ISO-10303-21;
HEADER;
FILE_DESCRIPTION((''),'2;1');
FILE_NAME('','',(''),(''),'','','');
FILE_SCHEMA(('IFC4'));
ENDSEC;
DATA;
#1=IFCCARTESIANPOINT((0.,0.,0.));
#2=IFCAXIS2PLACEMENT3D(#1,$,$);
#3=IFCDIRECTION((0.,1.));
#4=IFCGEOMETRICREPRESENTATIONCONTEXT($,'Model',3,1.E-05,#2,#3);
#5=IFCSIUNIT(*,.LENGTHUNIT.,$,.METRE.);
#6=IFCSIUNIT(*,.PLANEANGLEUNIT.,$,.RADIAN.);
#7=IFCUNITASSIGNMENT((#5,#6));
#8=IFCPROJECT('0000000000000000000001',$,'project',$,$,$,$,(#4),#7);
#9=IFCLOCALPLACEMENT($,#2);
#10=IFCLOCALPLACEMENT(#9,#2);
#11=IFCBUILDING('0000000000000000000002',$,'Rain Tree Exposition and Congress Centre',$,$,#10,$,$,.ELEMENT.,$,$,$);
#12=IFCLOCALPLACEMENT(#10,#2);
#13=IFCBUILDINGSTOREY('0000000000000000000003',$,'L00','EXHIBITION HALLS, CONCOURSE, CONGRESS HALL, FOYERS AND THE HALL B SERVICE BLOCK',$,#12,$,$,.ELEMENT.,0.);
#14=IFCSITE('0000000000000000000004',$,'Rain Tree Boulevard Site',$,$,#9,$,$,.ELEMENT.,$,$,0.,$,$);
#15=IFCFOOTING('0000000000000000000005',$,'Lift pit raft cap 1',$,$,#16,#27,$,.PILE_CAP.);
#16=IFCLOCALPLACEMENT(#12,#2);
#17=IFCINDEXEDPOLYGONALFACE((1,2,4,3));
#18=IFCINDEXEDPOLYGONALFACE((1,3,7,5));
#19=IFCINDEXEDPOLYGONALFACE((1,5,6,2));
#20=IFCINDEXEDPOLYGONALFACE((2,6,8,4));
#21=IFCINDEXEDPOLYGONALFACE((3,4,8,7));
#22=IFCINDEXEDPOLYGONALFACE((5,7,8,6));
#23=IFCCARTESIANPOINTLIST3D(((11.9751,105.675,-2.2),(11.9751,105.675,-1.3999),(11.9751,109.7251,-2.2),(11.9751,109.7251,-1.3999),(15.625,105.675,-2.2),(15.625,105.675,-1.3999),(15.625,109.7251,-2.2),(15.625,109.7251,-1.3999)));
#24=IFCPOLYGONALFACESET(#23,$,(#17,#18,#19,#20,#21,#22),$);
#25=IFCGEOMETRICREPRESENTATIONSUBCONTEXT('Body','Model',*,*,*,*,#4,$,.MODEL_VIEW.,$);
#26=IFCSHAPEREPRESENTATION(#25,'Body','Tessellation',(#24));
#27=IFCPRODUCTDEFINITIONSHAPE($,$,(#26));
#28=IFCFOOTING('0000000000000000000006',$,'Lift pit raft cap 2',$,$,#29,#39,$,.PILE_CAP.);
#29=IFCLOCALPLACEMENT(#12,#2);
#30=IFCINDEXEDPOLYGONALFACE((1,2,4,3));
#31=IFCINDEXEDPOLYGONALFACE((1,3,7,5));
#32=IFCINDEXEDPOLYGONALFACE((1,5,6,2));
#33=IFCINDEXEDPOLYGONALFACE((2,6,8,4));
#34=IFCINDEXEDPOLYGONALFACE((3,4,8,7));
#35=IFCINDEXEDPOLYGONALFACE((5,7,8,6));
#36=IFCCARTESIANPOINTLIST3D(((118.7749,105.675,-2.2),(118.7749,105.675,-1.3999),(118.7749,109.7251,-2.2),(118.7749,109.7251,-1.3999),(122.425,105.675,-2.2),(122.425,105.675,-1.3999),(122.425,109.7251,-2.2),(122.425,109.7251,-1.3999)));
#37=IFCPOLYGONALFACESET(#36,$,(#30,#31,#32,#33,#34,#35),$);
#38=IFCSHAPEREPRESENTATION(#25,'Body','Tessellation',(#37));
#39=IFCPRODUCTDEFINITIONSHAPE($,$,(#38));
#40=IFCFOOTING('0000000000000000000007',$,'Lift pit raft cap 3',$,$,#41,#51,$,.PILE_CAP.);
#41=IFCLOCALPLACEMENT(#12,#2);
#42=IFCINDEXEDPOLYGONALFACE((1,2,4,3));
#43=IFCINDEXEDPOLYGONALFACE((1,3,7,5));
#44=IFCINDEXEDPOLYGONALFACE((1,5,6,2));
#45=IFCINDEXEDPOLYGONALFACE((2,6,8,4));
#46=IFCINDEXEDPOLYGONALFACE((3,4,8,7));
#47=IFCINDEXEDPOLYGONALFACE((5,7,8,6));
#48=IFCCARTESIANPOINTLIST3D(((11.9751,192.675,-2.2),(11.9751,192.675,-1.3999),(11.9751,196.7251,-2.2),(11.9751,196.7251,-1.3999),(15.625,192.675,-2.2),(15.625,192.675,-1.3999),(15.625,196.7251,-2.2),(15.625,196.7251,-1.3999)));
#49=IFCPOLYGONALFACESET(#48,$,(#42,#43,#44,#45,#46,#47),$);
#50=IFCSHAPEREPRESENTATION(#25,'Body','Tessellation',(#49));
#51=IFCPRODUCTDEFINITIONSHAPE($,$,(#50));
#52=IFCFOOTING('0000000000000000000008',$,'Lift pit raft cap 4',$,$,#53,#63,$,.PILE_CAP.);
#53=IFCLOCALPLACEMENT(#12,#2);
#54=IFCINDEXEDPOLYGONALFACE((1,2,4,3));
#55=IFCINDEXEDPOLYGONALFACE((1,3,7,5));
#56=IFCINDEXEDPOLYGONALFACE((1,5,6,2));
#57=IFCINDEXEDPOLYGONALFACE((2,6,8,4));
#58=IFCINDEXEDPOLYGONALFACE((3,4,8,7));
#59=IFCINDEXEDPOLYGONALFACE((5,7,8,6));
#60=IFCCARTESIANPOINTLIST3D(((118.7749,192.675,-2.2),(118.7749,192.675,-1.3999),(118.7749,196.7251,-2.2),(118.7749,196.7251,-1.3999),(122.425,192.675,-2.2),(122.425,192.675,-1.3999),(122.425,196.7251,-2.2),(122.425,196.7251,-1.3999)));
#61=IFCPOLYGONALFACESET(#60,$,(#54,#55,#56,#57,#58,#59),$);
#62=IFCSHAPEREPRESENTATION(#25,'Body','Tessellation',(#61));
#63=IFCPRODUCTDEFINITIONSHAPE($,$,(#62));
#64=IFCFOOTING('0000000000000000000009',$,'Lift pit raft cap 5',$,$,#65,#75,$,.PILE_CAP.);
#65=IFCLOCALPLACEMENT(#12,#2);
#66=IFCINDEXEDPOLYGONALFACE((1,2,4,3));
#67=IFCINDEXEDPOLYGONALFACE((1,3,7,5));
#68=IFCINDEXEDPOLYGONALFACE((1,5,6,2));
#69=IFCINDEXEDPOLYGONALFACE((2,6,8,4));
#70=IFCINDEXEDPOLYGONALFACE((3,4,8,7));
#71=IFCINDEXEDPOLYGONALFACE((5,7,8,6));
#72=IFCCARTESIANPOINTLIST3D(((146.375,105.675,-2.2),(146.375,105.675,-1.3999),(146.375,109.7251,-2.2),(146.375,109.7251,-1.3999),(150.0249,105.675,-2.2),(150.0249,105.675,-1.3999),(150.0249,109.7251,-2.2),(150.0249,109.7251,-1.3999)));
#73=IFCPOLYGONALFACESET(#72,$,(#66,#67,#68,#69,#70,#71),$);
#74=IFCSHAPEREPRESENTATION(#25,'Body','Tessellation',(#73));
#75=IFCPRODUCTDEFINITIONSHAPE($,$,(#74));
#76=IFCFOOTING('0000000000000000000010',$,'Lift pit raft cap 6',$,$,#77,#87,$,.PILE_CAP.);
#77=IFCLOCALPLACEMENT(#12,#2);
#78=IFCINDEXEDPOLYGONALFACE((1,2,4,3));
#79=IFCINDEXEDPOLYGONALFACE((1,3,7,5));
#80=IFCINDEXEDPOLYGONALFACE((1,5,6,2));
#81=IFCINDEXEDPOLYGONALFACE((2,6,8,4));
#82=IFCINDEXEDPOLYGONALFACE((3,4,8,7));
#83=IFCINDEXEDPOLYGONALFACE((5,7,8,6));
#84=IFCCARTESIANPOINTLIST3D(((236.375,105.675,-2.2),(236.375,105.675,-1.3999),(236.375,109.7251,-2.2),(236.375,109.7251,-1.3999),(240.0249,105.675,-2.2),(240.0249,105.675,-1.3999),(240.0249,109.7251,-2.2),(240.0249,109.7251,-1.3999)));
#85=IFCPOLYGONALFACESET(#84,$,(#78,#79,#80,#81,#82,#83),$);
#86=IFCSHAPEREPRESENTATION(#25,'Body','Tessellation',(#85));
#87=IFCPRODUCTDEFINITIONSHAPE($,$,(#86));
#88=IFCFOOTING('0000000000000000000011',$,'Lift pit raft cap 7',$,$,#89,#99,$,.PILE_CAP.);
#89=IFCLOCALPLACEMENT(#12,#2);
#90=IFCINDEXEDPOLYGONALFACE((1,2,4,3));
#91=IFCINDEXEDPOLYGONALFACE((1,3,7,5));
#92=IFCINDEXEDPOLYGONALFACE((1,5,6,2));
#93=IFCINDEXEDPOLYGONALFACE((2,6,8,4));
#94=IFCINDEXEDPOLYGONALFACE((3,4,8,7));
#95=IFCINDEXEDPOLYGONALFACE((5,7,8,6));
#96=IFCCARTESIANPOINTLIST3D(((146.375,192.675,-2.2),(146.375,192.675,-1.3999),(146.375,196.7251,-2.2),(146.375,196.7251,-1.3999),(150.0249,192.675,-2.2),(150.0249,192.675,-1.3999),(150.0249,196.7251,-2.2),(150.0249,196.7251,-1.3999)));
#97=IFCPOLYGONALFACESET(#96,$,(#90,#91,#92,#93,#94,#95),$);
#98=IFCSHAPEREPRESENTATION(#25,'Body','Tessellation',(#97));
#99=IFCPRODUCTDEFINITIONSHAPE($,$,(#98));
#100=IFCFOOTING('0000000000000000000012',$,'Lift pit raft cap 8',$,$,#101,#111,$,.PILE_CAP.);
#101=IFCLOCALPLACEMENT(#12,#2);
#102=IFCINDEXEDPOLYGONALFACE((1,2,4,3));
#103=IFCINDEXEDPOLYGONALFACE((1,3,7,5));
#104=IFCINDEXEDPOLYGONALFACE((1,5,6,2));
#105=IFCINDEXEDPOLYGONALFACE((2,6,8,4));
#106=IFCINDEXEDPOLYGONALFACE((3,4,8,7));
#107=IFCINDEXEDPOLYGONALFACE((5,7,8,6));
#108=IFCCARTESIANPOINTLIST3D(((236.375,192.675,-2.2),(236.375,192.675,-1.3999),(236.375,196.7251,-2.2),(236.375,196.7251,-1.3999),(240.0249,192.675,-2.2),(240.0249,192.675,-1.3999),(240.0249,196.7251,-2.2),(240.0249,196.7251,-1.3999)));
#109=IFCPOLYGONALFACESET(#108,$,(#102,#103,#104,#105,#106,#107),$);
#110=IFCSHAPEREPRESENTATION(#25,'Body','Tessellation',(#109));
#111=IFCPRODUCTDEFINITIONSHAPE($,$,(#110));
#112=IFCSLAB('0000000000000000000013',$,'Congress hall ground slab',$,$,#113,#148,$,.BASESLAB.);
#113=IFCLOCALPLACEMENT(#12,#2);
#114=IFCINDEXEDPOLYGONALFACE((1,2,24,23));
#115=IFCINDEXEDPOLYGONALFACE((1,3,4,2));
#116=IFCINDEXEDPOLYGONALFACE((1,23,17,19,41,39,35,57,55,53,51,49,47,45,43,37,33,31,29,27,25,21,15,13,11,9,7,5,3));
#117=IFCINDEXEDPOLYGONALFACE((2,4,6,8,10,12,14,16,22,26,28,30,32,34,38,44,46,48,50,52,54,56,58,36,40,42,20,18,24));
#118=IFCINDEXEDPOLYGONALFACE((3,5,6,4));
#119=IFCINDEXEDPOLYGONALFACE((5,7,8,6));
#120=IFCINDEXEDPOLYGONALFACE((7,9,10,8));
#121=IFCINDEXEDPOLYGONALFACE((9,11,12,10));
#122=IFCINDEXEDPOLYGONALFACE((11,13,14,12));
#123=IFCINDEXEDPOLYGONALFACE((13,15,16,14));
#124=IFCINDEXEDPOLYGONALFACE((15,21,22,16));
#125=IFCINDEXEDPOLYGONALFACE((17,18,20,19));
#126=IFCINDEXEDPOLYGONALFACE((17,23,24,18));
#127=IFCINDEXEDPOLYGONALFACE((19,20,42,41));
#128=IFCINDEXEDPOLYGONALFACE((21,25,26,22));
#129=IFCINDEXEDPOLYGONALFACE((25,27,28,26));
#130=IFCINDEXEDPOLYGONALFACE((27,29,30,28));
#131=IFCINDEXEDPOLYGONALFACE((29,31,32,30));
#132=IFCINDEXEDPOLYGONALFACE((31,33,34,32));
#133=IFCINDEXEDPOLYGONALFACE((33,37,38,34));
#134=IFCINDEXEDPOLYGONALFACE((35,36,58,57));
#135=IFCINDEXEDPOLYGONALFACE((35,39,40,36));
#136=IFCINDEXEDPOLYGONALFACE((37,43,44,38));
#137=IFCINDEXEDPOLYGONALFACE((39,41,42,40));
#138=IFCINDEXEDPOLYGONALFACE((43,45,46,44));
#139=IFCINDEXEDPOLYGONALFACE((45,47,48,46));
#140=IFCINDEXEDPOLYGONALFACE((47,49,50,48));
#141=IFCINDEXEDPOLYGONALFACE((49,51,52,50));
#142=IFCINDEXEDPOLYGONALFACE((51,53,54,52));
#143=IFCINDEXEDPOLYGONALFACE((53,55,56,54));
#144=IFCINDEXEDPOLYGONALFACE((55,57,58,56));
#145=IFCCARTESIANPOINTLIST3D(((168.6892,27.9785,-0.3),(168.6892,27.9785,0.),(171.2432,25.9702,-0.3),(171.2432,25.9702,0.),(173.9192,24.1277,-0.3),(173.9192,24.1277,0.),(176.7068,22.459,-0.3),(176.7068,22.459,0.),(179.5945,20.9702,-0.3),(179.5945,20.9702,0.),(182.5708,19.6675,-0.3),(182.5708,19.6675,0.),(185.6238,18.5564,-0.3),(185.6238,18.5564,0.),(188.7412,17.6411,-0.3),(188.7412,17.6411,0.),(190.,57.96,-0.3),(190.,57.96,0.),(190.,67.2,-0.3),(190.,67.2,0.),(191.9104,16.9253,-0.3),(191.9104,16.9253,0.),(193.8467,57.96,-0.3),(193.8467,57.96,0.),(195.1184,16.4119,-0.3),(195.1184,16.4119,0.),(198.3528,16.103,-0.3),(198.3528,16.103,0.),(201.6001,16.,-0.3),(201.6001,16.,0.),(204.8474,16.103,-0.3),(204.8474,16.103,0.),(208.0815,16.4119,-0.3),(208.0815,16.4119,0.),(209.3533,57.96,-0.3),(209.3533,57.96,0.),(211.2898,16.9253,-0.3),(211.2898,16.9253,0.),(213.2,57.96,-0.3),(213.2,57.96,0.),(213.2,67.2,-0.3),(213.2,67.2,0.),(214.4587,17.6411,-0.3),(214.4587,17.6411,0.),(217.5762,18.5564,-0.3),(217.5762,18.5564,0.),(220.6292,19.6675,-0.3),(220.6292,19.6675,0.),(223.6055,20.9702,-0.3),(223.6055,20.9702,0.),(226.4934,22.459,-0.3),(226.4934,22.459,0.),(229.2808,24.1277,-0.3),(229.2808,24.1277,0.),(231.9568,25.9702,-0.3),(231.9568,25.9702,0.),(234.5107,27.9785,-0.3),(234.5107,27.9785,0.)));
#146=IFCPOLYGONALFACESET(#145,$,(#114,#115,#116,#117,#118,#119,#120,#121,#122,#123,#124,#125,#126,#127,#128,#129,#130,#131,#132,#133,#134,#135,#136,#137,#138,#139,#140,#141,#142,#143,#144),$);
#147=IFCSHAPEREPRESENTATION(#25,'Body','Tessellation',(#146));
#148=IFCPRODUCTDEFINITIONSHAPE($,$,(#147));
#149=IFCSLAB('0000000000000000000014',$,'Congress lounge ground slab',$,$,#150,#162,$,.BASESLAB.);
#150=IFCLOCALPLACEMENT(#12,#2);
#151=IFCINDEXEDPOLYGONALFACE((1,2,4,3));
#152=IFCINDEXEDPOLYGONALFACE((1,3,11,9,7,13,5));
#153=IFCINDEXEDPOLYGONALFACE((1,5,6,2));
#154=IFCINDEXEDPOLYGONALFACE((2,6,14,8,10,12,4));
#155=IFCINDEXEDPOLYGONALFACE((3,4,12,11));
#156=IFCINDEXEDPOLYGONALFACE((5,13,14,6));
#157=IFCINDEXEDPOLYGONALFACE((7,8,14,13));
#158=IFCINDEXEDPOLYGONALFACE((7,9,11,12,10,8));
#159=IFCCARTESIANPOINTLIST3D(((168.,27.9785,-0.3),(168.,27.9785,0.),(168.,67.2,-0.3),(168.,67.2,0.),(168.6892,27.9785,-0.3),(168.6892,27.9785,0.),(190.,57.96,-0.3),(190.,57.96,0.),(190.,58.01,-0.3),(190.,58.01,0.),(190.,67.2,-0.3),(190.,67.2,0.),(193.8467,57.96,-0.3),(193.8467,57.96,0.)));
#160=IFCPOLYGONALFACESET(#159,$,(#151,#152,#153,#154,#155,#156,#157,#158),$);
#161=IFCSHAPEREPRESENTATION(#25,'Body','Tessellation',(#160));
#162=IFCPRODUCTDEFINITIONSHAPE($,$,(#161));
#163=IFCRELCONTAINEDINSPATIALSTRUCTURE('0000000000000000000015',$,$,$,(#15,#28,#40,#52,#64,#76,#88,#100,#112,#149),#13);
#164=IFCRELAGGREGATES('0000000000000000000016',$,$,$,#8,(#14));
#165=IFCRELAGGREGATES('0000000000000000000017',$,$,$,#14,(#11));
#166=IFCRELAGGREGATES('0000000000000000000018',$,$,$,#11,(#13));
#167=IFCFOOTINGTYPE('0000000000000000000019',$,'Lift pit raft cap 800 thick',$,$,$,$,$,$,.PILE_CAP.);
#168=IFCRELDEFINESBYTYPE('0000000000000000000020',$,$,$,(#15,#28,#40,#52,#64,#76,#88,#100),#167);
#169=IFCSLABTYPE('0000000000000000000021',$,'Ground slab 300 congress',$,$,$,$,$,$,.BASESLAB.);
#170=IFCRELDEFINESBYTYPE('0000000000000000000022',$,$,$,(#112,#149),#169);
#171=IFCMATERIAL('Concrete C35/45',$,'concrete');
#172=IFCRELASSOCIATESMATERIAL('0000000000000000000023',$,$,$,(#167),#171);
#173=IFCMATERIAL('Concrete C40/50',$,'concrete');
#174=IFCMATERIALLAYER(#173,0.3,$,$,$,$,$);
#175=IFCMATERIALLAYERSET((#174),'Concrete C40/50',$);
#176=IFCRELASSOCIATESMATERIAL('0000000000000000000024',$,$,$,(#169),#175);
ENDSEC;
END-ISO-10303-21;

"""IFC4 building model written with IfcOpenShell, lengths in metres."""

from ifc_helpers import new_model, si_unit, direction, frame, origin, place, context, subcontext, project, spatial, polyline, outline, extrude, material, layer, layer_set, type_object, element, save


model = new_model("IFC4")

# Units and contexts
model_context = context("Model", 3, precision=1e-05, world=origin(), true_north=direction((0.0, 1.0)))
body_context = subcontext(model_context, "Body", "Model", "MODEL_VIEW")
ifc_project = project(units=[si_unit("LENGTHUNIT", "METRE"), si_unit("PLANEANGLEUNIT", "RADIAN")], contexts=[model_context])

# Site, building, storey
site_placement = place(None, origin())
site = spatial("IfcSite", under=ifc_project, at=site_placement, Name="Rain Tree Boulevard Site", CompositionType="ELEMENT", RefElevation=0.0)
building_placement = place(site_placement, origin())
building = spatial("IfcBuilding", under=site, at=building_placement, Name="Rain Tree Exposition and Congress Centre", CompositionType="ELEMENT")
storey_placement = place(building_placement, origin())
storey = spatial("IfcBuildingStorey", under=building, at=storey_placement, Name="L00", Description="EXHIBITION HALLS, CONCOURSE, CONGRESS HALL, FOYERS AND THE HALL B SERVICE BLOCK", CompositionType="ELEMENT", Elevation=0.0)

# Footings
ifc_material_1 = material(Name="Concrete C35/45", Category="concrete")
footing_type = type_object("IfcFootingType", Name="Lift pit raft cap 800 thick", PredefinedType="PILE_CAP", material=ifc_material_1)
footing_1_placement = place(storey_placement, frame((0.0, 0.0, -2.2)))
element("IfcFooting", 1, at=footing_1_placement, inside=storey, type_object=footing_type, Name="Lift pit raft cap 1", PredefinedType="PILE_CAP", context=body_context, shape_type="SweptSolid", body=[
    extrude(outline(polyline([(11.9751, 105.675), (15.625, 105.675), (15.625, 109.7251), (11.9751, 109.7251), (11.9751, 105.675)])), origin(), (0.0, 0.0, 1.0), 0.8),
])
footing_2_placement = place(storey_placement, frame((0.0, 0.0, -2.2)))
element("IfcFooting", 2, at=footing_2_placement, inside=storey, type_object=footing_type, Name="Lift pit raft cap 2", PredefinedType="PILE_CAP", context=body_context, shape_type="SweptSolid", body=[
    extrude(outline(polyline([(118.7749, 105.675), (122.425, 105.675), (122.425, 109.7251), (118.7749, 109.7251), (118.7749, 105.675)])), origin(), (0.0, 0.0, 1.0), 0.8),
])
footing_3_placement = place(storey_placement, frame((0.0, 0.0, -2.2)))
element("IfcFooting", 3, at=footing_3_placement, inside=storey, type_object=footing_type, Name="Lift pit raft cap 3", PredefinedType="PILE_CAP", context=body_context, shape_type="SweptSolid", body=[
    extrude(outline(polyline([(11.9751, 192.675), (15.625, 192.675), (15.625, 196.7251), (11.9751, 196.7251), (11.9751, 192.675)])), origin(), (0.0, 0.0, 1.0), 0.8),
])
footing_4_placement = place(storey_placement, frame((0.0, 0.0, -2.2)))
element("IfcFooting", 4, at=footing_4_placement, inside=storey, type_object=footing_type, Name="Lift pit raft cap 4", PredefinedType="PILE_CAP", context=body_context, shape_type="SweptSolid", body=[
    extrude(outline(polyline([(118.7749, 192.675), (122.425, 192.675), (122.425, 196.7251), (118.7749, 196.7251), (118.7749, 192.675)])), origin(), (0.0, 0.0, 1.0), 0.8),
])
footing_5_placement = place(storey_placement, frame((0.0, 0.0, -2.2)))
element("IfcFooting", 5, at=footing_5_placement, inside=storey, type_object=footing_type, Name="Lift pit raft cap 5", PredefinedType="PILE_CAP", context=body_context, shape_type="SweptSolid", body=[
    extrude(outline(polyline([(146.375, 105.675), (150.0249, 105.675), (150.0249, 109.7251), (146.375, 109.7251), (146.375, 105.675)])), origin(), (0.0, 0.0, 1.0), 0.8),
])
footing_6_placement = place(storey_placement, frame((0.0, 0.0, -2.2)))
element("IfcFooting", 6, at=footing_6_placement, inside=storey, type_object=footing_type, Name="Lift pit raft cap 6", PredefinedType="PILE_CAP", context=body_context, shape_type="SweptSolid", body=[
    extrude(outline(polyline([(236.375, 105.675), (240.0249, 105.675), (240.0249, 109.7251), (236.375, 109.7251), (236.375, 105.675)])), origin(), (0.0, 0.0, 1.0), 0.8),
])
footing_7_placement = place(storey_placement, frame((0.0, 0.0, -2.2)))
element("IfcFooting", 7, at=footing_7_placement, inside=storey, type_object=footing_type, Name="Lift pit raft cap 7", PredefinedType="PILE_CAP", context=body_context, shape_type="SweptSolid", body=[
    extrude(outline(polyline([(146.375, 192.675), (150.0249, 192.675), (150.0249, 196.7251), (146.375, 196.7251), (146.375, 192.675)])), origin(), (0.0, 0.0, 1.0), 0.8),
])
footing_8_placement = place(storey_placement, frame((0.0, 0.0, -2.2)))
element("IfcFooting", 8, at=footing_8_placement, inside=storey, type_object=footing_type, Name="Lift pit raft cap 8", PredefinedType="PILE_CAP", context=body_context, shape_type="SweptSolid", body=[
    extrude(outline(polyline([(236.375, 192.675), (240.0249, 192.675), (240.0249, 196.7251), (236.375, 196.7251), (236.375, 192.675)])), origin(), (0.0, 0.0, 1.0), 0.8),
])

# Slabs
ifc_material_2 = material(Name="Concrete C40/50", Category="concrete")
ifc_layer_1 = layer(ifc_material_2, 0.3)
ifc_layer_set_1 = layer_set([ifc_layer_1], Name="Concrete C40/50")
slab_type_1 = type_object("IfcSlabType", Name="Ground slab 300 congress", PredefinedType="BASESLAB", material=ifc_layer_set_1)
slab_1_placement = place(storey_placement, frame((0.0, 0.0, -0.3)))
element("IfcSlab", 9, at=slab_1_placement, inside=storey, type_object=slab_type_1, Name="Congress hall ground slab", PredefinedType="BASESLAB", context=body_context, shape_type="SweptSolid", body=[
    extrude(outline(polyline([(234.5107, 27.9785), (209.3533, 57.96), (213.2, 57.96), (213.2, 67.2), (190.0, 67.2), (190.0, 57.96), (193.8467, 57.96), (168.6892, 27.9785), (171.2432, 25.9702), (173.9192, 24.1277), (176.7068, 22.459), (179.5945, 20.9702), (182.5708, 19.6675), (185.6238, 18.5564), (188.7412, 17.6411), (191.9104, 16.9253), (195.1184, 16.4119), (198.3528, 16.103), (201.6001, 16.0), (204.8474, 16.103), (208.0815, 16.4119), (211.2898, 16.9253), (214.4587, 17.6411), (217.5762, 18.5564), (220.6292, 19.6675), (223.6055, 20.9702), (226.4934, 22.459), (229.2808, 24.1277), (231.9568, 25.9702), (234.5107, 27.9785)])), origin(), (0.0, 0.0, 1.0), 0.3),
])
slab_2_placement = place(storey_placement, frame((0.0, 0.0, -0.3)))
element("IfcSlab", 10, at=slab_2_placement, inside=storey, type_object=slab_type_1, Name="Congress lounge ground slab", PredefinedType="BASESLAB", context=body_context, shape_type="SweptSolid", body=[
    extrude(outline(polyline([(168.6892, 27.9785), (193.8467, 57.96), (190.0, 57.96), (190.0, 58.01), (190.0, 67.2), (168.0, 67.2), (168.0, 27.9785), (168.6892, 27.9785)])), origin(), (0.0, 0.0, 1.0), 0.3),
])

save(model, "model.ifc")
